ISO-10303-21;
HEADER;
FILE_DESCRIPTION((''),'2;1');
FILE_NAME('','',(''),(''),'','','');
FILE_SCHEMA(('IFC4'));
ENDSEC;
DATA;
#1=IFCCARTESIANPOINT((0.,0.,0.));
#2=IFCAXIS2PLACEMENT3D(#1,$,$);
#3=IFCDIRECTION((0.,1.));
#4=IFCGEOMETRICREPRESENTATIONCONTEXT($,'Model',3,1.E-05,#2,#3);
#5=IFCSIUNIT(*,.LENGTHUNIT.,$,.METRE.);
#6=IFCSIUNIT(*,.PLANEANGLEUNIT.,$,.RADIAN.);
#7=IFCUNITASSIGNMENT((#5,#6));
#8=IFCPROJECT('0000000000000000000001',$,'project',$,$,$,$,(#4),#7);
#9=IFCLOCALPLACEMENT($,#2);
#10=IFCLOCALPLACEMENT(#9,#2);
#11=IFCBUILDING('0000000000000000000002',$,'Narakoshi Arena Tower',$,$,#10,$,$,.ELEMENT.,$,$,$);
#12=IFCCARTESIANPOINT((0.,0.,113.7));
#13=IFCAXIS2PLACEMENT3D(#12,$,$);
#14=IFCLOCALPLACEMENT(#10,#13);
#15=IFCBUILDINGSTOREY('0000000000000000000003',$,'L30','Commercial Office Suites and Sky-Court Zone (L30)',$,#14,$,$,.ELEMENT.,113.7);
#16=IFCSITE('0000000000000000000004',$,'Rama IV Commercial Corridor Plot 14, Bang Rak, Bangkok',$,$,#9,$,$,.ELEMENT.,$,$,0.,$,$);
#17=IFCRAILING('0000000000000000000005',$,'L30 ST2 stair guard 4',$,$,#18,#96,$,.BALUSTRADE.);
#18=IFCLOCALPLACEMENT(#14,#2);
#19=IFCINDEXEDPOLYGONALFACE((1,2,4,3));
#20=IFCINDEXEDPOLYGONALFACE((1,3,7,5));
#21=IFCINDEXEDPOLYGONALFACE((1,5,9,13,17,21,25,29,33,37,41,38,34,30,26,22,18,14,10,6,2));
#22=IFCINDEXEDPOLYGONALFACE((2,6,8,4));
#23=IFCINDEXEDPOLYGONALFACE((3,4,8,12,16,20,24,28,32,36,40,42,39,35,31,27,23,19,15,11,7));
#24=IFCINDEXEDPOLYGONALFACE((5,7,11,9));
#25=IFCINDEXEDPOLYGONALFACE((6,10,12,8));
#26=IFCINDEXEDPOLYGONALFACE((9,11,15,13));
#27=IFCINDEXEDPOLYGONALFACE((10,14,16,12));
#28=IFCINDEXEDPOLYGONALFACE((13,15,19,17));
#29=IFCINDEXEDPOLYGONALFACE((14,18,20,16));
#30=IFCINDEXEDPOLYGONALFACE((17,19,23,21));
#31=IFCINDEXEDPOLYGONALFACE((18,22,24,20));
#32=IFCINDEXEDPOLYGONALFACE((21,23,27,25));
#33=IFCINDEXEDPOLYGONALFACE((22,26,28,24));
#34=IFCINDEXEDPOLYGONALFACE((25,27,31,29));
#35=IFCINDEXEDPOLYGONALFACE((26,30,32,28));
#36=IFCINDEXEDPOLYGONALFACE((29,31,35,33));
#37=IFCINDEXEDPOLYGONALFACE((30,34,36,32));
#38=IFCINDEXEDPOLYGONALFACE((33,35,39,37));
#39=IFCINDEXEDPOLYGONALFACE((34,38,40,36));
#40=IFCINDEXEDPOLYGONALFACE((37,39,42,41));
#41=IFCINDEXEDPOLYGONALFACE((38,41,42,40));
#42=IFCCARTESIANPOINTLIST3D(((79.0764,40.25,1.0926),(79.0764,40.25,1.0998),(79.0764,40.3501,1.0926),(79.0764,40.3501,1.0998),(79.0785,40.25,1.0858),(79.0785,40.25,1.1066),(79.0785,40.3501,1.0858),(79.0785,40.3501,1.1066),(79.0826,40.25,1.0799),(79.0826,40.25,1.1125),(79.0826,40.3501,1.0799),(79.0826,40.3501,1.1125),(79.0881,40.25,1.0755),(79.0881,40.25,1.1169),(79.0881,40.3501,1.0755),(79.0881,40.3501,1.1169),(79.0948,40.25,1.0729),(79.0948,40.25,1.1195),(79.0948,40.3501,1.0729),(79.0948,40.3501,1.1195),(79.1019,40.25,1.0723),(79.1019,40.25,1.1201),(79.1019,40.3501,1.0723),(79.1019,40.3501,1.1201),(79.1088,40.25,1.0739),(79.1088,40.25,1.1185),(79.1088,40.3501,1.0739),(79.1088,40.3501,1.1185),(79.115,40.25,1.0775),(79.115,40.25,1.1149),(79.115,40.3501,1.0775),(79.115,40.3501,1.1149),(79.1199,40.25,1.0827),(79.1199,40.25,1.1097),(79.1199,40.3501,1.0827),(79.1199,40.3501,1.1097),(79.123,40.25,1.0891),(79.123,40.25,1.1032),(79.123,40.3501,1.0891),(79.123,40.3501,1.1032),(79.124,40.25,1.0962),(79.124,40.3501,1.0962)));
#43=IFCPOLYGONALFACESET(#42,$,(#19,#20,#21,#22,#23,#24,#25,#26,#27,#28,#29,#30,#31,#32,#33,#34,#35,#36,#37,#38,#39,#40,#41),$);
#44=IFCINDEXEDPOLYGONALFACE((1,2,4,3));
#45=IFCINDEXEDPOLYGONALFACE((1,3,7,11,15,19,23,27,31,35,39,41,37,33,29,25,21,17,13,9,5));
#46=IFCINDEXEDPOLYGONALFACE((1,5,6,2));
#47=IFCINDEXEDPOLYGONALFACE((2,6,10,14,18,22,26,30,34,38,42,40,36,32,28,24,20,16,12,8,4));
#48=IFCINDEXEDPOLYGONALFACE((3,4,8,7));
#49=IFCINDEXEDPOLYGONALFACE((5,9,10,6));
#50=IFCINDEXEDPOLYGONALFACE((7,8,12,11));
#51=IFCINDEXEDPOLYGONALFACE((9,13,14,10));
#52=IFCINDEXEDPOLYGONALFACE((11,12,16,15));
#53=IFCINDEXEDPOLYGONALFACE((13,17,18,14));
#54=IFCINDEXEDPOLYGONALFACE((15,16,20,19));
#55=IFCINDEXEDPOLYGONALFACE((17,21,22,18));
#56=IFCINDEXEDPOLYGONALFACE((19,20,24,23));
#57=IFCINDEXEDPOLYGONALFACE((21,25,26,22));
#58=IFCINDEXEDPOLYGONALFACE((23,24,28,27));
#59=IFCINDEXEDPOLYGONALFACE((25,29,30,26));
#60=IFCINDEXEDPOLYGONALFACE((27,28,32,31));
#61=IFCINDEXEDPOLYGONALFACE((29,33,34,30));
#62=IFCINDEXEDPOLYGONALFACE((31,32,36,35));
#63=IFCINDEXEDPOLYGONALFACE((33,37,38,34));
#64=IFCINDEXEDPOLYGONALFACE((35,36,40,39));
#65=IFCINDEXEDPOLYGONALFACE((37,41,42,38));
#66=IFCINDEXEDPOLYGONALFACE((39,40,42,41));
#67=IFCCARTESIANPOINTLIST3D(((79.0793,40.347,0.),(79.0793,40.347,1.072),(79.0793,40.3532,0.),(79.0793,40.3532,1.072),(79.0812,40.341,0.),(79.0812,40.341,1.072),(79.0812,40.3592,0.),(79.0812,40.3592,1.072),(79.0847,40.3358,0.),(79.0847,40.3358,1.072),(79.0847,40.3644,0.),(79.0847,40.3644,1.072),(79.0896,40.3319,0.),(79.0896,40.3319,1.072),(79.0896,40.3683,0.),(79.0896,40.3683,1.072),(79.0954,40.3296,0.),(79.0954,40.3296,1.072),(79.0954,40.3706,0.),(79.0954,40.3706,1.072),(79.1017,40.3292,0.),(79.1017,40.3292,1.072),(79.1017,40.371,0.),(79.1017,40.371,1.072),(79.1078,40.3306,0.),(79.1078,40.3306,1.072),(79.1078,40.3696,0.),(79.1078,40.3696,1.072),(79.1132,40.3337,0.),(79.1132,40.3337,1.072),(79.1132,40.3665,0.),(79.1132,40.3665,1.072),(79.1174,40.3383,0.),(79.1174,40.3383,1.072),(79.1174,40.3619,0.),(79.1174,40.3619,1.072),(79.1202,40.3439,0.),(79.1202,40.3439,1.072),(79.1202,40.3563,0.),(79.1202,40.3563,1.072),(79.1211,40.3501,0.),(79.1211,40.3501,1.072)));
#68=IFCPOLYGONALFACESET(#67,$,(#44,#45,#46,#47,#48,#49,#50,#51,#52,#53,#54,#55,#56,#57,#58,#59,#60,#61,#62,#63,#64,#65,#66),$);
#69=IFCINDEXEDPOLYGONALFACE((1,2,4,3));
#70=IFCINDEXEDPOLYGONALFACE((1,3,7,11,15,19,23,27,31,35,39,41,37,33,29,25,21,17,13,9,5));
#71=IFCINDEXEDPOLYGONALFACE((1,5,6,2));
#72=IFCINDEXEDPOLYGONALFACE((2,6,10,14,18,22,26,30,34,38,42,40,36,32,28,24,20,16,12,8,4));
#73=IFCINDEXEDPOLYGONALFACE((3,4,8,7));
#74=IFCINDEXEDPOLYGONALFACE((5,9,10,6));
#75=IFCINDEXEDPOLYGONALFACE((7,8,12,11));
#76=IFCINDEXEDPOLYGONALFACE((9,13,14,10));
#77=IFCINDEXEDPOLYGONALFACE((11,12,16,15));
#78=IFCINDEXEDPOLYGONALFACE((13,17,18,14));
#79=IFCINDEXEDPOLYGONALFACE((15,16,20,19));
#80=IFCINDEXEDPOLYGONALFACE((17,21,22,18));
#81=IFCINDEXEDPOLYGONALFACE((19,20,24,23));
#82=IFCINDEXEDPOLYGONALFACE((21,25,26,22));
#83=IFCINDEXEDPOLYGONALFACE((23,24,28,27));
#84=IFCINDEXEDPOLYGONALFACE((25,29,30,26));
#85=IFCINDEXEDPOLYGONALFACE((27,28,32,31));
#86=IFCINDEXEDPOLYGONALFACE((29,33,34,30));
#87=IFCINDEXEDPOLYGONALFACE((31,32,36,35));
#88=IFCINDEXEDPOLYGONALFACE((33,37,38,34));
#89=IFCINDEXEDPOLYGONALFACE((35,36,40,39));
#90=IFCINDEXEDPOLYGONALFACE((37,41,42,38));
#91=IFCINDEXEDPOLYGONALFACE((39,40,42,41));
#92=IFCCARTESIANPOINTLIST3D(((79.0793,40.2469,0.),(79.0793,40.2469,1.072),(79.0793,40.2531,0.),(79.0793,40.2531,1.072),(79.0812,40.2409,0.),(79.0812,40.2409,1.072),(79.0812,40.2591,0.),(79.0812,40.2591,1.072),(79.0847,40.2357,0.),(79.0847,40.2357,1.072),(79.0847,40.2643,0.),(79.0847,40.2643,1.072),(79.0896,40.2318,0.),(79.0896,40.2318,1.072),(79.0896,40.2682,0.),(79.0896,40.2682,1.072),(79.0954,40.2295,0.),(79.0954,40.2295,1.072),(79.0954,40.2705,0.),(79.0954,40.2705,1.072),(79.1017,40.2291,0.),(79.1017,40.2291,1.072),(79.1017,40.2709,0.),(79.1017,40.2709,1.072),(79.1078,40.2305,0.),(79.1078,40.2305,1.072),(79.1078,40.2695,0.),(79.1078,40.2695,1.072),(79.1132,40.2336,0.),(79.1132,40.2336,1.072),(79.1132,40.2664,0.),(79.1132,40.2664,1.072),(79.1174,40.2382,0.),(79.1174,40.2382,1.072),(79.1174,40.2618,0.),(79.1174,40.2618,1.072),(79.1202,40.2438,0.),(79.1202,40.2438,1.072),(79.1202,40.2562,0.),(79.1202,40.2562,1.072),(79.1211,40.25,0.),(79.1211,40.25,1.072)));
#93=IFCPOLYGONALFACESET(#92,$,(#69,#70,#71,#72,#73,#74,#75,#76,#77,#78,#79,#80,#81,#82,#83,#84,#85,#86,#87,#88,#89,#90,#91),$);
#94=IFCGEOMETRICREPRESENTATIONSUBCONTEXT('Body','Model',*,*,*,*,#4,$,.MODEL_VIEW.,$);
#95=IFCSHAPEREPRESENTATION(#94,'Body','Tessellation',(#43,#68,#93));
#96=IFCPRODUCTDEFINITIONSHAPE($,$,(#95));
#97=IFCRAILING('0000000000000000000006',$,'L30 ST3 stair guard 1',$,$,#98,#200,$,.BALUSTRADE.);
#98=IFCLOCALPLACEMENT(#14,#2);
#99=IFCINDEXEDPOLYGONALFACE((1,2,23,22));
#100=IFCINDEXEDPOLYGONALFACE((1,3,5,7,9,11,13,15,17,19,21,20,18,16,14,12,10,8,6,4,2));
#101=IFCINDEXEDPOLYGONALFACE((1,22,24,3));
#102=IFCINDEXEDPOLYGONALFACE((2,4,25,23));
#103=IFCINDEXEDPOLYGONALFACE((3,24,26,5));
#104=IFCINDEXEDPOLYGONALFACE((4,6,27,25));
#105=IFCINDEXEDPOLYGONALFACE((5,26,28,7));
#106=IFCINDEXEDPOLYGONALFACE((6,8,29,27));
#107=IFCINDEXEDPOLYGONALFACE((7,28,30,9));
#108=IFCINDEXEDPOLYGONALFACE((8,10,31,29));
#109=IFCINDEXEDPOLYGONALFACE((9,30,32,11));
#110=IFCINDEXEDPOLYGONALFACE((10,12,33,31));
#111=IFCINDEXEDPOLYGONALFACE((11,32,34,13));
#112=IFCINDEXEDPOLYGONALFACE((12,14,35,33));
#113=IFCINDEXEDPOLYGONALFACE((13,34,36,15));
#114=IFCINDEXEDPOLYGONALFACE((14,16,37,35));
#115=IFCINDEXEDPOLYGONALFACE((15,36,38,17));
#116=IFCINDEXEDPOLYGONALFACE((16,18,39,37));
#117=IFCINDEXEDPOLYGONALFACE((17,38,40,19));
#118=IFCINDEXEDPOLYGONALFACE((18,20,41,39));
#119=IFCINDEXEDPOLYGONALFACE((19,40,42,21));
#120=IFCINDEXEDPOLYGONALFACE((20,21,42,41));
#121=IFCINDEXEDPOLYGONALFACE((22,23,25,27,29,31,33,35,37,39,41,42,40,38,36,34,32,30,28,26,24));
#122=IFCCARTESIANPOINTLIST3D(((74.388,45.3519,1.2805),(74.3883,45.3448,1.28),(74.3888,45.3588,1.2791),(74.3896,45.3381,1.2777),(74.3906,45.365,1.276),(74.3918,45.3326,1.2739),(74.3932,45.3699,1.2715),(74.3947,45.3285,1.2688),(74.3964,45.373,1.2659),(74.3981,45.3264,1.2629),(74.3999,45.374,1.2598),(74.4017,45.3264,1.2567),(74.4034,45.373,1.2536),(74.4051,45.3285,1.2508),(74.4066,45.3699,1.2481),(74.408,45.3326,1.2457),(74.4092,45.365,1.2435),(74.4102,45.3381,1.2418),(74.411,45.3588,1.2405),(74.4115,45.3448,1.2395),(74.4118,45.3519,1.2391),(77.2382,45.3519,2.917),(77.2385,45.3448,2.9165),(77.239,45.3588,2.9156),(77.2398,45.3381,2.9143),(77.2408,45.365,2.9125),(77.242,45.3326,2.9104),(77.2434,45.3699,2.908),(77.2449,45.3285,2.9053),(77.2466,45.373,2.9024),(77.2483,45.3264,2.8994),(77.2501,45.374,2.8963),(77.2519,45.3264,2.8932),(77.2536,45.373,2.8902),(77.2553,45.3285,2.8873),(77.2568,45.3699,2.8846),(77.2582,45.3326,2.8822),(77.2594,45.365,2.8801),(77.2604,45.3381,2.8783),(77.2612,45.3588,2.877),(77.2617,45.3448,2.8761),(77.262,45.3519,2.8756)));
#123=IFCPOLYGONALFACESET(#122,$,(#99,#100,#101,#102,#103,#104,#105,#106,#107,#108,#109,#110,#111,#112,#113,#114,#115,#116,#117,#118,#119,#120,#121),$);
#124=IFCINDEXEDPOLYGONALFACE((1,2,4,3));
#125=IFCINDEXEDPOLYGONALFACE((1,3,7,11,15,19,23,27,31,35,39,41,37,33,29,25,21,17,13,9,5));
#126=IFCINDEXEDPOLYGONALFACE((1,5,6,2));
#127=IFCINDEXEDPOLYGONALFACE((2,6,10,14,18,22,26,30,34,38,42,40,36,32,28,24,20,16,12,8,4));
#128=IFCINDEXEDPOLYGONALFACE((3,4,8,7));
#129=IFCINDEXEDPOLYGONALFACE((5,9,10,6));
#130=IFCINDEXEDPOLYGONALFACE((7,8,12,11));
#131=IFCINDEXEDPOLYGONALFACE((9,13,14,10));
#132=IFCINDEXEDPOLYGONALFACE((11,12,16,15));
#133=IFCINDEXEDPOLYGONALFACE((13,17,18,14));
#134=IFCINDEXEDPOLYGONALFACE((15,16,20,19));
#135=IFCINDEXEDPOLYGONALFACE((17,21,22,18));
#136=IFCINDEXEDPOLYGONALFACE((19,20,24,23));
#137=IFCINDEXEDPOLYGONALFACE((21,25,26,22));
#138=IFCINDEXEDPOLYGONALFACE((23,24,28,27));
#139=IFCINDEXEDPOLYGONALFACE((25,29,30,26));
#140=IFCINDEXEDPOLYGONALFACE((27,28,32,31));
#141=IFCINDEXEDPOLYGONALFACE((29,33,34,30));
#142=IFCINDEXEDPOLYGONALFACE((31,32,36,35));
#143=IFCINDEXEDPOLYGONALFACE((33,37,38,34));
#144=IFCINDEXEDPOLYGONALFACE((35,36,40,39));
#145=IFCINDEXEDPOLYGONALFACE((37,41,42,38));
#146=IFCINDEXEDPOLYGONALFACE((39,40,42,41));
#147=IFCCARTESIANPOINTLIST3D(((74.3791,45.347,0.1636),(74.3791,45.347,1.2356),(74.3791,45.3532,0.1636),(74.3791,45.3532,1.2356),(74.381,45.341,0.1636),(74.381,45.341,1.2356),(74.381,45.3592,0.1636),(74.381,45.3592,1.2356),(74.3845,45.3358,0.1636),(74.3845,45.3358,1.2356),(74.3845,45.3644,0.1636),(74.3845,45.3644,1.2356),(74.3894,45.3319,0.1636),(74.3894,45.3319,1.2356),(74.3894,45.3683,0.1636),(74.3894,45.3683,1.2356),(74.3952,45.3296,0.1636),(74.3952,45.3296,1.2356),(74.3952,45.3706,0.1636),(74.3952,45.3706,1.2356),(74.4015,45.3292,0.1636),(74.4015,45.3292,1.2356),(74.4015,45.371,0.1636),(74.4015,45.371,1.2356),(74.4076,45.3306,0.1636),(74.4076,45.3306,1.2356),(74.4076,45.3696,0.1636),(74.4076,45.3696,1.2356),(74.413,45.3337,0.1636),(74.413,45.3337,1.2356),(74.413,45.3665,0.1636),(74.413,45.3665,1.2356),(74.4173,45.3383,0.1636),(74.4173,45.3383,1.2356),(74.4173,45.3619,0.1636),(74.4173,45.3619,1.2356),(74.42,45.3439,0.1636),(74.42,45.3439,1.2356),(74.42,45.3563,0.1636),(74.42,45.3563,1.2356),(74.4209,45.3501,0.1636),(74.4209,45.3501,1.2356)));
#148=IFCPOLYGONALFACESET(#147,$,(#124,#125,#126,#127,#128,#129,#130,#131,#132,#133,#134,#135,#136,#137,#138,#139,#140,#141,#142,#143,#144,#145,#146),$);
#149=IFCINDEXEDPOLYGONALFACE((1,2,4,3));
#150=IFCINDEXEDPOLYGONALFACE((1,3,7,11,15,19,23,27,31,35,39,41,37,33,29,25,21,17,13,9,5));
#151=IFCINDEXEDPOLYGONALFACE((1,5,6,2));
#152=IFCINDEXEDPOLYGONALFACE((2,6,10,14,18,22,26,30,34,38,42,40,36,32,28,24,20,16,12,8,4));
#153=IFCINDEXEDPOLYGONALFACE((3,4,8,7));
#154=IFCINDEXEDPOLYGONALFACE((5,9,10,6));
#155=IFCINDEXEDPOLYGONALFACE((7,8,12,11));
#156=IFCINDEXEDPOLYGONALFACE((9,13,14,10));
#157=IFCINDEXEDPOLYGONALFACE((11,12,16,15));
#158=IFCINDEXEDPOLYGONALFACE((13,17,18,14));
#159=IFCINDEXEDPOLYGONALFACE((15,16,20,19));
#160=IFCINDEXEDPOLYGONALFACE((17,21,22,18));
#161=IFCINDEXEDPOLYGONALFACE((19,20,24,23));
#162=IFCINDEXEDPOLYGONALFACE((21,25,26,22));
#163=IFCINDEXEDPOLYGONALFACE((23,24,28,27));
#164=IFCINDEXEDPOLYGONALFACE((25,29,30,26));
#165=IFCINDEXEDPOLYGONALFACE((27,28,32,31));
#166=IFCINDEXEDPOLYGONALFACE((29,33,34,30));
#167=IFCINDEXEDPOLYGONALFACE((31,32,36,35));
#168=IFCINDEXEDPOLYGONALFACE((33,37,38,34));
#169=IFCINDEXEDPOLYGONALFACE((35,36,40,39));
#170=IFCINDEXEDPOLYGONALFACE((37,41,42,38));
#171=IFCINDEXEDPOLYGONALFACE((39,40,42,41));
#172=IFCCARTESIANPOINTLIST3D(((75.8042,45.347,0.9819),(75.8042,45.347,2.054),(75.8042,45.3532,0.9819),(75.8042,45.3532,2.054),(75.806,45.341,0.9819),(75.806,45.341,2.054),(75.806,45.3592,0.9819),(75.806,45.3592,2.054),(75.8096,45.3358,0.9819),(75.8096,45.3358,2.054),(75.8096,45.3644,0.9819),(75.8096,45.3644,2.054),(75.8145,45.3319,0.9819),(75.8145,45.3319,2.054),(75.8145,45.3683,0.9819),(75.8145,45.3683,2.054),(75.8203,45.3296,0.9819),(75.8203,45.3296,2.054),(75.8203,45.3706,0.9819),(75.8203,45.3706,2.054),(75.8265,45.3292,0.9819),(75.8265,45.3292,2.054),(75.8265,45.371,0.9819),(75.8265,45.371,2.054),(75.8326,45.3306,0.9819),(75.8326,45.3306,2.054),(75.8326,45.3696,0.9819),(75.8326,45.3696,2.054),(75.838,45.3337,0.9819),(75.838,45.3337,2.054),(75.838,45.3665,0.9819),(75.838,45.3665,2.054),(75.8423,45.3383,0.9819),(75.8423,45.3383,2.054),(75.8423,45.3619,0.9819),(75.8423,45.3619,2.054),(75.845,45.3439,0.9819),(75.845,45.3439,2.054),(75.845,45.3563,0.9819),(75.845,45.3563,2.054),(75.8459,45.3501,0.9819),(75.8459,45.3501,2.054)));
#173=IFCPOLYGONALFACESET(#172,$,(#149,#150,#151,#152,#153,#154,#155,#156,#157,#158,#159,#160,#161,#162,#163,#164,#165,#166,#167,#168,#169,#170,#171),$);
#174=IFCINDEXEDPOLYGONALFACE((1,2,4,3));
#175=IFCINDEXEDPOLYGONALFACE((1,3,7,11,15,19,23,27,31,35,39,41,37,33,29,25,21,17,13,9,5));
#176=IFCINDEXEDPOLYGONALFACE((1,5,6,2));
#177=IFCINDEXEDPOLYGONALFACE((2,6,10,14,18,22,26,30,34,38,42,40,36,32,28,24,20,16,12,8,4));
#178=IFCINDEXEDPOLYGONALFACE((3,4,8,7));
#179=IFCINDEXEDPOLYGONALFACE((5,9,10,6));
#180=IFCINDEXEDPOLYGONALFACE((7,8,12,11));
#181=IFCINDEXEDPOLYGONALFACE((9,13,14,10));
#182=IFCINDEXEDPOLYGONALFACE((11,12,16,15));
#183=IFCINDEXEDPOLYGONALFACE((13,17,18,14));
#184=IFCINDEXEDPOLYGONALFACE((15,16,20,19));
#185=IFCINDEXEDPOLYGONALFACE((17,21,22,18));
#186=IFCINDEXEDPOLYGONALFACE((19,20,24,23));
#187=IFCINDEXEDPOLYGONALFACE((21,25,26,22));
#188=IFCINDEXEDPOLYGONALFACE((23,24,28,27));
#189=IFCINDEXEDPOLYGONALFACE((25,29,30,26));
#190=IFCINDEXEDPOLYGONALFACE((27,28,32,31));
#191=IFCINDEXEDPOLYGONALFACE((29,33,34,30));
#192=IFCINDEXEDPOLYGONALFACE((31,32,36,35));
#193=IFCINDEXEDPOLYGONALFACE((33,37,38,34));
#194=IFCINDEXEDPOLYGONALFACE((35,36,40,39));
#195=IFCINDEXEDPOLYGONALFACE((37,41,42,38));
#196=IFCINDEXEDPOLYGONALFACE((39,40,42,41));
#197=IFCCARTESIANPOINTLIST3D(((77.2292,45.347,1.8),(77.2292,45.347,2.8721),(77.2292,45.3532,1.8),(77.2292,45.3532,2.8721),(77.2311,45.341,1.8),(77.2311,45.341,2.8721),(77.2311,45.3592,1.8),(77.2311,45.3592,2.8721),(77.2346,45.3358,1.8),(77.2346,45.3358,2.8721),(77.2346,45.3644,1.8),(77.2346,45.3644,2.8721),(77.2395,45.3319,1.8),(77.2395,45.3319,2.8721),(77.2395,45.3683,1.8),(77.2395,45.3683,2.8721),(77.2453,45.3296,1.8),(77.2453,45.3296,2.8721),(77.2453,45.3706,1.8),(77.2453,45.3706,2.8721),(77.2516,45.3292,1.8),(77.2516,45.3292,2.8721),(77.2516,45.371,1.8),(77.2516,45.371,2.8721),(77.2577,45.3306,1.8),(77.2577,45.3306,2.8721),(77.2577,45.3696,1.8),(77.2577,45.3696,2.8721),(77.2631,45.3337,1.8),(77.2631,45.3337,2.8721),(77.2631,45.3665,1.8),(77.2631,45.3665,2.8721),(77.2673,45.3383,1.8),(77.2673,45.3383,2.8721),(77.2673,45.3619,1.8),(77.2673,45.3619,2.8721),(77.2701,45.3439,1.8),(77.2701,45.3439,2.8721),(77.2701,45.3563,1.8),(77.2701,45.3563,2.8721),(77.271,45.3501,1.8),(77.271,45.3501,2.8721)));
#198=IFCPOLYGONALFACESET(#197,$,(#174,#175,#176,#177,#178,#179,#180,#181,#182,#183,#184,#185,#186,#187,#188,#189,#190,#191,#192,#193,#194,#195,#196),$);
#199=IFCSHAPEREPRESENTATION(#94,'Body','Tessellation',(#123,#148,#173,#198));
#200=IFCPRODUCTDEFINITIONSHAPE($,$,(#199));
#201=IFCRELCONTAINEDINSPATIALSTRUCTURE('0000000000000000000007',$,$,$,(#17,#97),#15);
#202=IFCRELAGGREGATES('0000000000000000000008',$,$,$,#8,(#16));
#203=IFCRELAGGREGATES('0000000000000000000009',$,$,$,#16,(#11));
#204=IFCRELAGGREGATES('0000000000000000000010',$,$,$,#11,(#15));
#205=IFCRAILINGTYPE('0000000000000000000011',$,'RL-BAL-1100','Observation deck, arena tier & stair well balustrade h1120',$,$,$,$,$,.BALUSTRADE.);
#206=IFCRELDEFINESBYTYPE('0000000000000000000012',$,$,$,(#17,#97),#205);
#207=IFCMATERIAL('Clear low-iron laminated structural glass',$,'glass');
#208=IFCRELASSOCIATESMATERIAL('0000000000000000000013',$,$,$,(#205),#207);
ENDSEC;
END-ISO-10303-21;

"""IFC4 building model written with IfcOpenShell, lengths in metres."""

from ifc_helpers import new_model, si_unit, direction, frame, origin, origin_2d, place, context, subcontext, project, spatial, circle, extrude, material, type_object, element, save


model = new_model("IFC4")

# Units and contexts
model_context = context("Model", 3, precision=1e-05, world=origin(), true_north=direction((0.0, 1.0)))
body_context = subcontext(model_context, "Body", "Model", "MODEL_VIEW")
ifc_project = project(units=[si_unit("LENGTHUNIT", "METRE"), si_unit("PLANEANGLEUNIT", "RADIAN")], contexts=[model_context])

# Site, building, storey
site_placement = place(None, origin())
site = spatial("IfcSite", under=ifc_project, at=site_placement, Name="Rama IV Commercial Corridor Plot 14, Bang Rak, Bangkok", CompositionType="ELEMENT", RefElevation=0.0)
building_placement = place(site_placement, origin())
building = spatial("IfcBuilding", under=site, at=building_placement, Name="Narakoshi Arena Tower", CompositionType="ELEMENT")
storey_placement = place(building_placement, frame((0.0, 0.0, 113.7)))
storey = spatial("IfcBuildingStorey", under=building, at=storey_placement, Name="L30", Description="Commercial Office Suites and Sky-Court Zone (L30)", CompositionType="ELEMENT", Elevation=113.7)

# Railings
ifc_material_1 = material(Name="Clear low-iron laminated structural glass", Category="glass")
railing_type_1 = type_object("IfcRailingType", Name="RL-BAL-1100", Description="Observation deck, arena tier & stair well balustrade h1120", PredefinedType="BALUSTRADE", material=ifc_material_1)
railing_1_placement = place(storey_placement, frame((79.1001, 40.3501, 0.0)))
element("IfcRailing", 1, at=railing_1_placement, inside=storey, type_object=railing_type_1, Name="L30 ST2 stair guard 4", PredefinedType="BALUSTRADE", context=body_context, shape_type="SweptSolid", body=[
    extrude(circle(Radius=0.0239, at=origin_2d()), frame((0.0, 0.0, 1.0962), z_axis=(0.0, -1.0, 0.0), x_axis=(1.0, 0.0, 0.0)), (0.0, 0.0, 1.0), 0.1001),
    extrude(circle(Radius=0.021, at=origin_2d()), origin(), (0.0, 0.0, 1.0), 1.072),
    extrude(circle(Radius=0.021, at=origin_2d()), frame((0.0, -0.1001, 0.0)), (0.0, 0.0, 1.0), 1.072),
])
railing_2_placement = place(storey_placement, frame((74.3999, 45.3501, 0.1636)))
element("IfcRailing", 2, at=railing_2_placement, inside=storey, type_object=railing_type_1, Name="L30 ST3 stair guard 1", PredefinedType="BALUSTRADE", context=body_context, shape_type="SweptSolid", body=[
    extrude(circle(Radius=0.0239, at=origin_2d()), frame((0.0, 0.0, 1.0962), z_axis=(0.867213, 0.0, 0.497938), x_axis=(0.0, 1.0, 0.0)), (0.0, 0.0, 1.0), 3.2866),
    extrude(circle(Radius=0.021, at=origin_2d()), origin(), (0.0, 0.0, 1.0), 1.072),
    extrude(circle(Radius=0.021, at=origin_2d()), frame((1.425, 0.0, 0.8184)), (0.0, 0.0, 1.0), 1.072),
    extrude(circle(Radius=0.021, at=origin_2d()), frame((2.8501, 0.0, 1.6365)), (0.0, 0.0, 1.0), 1.072),
])

save(model, "model.ifc")
